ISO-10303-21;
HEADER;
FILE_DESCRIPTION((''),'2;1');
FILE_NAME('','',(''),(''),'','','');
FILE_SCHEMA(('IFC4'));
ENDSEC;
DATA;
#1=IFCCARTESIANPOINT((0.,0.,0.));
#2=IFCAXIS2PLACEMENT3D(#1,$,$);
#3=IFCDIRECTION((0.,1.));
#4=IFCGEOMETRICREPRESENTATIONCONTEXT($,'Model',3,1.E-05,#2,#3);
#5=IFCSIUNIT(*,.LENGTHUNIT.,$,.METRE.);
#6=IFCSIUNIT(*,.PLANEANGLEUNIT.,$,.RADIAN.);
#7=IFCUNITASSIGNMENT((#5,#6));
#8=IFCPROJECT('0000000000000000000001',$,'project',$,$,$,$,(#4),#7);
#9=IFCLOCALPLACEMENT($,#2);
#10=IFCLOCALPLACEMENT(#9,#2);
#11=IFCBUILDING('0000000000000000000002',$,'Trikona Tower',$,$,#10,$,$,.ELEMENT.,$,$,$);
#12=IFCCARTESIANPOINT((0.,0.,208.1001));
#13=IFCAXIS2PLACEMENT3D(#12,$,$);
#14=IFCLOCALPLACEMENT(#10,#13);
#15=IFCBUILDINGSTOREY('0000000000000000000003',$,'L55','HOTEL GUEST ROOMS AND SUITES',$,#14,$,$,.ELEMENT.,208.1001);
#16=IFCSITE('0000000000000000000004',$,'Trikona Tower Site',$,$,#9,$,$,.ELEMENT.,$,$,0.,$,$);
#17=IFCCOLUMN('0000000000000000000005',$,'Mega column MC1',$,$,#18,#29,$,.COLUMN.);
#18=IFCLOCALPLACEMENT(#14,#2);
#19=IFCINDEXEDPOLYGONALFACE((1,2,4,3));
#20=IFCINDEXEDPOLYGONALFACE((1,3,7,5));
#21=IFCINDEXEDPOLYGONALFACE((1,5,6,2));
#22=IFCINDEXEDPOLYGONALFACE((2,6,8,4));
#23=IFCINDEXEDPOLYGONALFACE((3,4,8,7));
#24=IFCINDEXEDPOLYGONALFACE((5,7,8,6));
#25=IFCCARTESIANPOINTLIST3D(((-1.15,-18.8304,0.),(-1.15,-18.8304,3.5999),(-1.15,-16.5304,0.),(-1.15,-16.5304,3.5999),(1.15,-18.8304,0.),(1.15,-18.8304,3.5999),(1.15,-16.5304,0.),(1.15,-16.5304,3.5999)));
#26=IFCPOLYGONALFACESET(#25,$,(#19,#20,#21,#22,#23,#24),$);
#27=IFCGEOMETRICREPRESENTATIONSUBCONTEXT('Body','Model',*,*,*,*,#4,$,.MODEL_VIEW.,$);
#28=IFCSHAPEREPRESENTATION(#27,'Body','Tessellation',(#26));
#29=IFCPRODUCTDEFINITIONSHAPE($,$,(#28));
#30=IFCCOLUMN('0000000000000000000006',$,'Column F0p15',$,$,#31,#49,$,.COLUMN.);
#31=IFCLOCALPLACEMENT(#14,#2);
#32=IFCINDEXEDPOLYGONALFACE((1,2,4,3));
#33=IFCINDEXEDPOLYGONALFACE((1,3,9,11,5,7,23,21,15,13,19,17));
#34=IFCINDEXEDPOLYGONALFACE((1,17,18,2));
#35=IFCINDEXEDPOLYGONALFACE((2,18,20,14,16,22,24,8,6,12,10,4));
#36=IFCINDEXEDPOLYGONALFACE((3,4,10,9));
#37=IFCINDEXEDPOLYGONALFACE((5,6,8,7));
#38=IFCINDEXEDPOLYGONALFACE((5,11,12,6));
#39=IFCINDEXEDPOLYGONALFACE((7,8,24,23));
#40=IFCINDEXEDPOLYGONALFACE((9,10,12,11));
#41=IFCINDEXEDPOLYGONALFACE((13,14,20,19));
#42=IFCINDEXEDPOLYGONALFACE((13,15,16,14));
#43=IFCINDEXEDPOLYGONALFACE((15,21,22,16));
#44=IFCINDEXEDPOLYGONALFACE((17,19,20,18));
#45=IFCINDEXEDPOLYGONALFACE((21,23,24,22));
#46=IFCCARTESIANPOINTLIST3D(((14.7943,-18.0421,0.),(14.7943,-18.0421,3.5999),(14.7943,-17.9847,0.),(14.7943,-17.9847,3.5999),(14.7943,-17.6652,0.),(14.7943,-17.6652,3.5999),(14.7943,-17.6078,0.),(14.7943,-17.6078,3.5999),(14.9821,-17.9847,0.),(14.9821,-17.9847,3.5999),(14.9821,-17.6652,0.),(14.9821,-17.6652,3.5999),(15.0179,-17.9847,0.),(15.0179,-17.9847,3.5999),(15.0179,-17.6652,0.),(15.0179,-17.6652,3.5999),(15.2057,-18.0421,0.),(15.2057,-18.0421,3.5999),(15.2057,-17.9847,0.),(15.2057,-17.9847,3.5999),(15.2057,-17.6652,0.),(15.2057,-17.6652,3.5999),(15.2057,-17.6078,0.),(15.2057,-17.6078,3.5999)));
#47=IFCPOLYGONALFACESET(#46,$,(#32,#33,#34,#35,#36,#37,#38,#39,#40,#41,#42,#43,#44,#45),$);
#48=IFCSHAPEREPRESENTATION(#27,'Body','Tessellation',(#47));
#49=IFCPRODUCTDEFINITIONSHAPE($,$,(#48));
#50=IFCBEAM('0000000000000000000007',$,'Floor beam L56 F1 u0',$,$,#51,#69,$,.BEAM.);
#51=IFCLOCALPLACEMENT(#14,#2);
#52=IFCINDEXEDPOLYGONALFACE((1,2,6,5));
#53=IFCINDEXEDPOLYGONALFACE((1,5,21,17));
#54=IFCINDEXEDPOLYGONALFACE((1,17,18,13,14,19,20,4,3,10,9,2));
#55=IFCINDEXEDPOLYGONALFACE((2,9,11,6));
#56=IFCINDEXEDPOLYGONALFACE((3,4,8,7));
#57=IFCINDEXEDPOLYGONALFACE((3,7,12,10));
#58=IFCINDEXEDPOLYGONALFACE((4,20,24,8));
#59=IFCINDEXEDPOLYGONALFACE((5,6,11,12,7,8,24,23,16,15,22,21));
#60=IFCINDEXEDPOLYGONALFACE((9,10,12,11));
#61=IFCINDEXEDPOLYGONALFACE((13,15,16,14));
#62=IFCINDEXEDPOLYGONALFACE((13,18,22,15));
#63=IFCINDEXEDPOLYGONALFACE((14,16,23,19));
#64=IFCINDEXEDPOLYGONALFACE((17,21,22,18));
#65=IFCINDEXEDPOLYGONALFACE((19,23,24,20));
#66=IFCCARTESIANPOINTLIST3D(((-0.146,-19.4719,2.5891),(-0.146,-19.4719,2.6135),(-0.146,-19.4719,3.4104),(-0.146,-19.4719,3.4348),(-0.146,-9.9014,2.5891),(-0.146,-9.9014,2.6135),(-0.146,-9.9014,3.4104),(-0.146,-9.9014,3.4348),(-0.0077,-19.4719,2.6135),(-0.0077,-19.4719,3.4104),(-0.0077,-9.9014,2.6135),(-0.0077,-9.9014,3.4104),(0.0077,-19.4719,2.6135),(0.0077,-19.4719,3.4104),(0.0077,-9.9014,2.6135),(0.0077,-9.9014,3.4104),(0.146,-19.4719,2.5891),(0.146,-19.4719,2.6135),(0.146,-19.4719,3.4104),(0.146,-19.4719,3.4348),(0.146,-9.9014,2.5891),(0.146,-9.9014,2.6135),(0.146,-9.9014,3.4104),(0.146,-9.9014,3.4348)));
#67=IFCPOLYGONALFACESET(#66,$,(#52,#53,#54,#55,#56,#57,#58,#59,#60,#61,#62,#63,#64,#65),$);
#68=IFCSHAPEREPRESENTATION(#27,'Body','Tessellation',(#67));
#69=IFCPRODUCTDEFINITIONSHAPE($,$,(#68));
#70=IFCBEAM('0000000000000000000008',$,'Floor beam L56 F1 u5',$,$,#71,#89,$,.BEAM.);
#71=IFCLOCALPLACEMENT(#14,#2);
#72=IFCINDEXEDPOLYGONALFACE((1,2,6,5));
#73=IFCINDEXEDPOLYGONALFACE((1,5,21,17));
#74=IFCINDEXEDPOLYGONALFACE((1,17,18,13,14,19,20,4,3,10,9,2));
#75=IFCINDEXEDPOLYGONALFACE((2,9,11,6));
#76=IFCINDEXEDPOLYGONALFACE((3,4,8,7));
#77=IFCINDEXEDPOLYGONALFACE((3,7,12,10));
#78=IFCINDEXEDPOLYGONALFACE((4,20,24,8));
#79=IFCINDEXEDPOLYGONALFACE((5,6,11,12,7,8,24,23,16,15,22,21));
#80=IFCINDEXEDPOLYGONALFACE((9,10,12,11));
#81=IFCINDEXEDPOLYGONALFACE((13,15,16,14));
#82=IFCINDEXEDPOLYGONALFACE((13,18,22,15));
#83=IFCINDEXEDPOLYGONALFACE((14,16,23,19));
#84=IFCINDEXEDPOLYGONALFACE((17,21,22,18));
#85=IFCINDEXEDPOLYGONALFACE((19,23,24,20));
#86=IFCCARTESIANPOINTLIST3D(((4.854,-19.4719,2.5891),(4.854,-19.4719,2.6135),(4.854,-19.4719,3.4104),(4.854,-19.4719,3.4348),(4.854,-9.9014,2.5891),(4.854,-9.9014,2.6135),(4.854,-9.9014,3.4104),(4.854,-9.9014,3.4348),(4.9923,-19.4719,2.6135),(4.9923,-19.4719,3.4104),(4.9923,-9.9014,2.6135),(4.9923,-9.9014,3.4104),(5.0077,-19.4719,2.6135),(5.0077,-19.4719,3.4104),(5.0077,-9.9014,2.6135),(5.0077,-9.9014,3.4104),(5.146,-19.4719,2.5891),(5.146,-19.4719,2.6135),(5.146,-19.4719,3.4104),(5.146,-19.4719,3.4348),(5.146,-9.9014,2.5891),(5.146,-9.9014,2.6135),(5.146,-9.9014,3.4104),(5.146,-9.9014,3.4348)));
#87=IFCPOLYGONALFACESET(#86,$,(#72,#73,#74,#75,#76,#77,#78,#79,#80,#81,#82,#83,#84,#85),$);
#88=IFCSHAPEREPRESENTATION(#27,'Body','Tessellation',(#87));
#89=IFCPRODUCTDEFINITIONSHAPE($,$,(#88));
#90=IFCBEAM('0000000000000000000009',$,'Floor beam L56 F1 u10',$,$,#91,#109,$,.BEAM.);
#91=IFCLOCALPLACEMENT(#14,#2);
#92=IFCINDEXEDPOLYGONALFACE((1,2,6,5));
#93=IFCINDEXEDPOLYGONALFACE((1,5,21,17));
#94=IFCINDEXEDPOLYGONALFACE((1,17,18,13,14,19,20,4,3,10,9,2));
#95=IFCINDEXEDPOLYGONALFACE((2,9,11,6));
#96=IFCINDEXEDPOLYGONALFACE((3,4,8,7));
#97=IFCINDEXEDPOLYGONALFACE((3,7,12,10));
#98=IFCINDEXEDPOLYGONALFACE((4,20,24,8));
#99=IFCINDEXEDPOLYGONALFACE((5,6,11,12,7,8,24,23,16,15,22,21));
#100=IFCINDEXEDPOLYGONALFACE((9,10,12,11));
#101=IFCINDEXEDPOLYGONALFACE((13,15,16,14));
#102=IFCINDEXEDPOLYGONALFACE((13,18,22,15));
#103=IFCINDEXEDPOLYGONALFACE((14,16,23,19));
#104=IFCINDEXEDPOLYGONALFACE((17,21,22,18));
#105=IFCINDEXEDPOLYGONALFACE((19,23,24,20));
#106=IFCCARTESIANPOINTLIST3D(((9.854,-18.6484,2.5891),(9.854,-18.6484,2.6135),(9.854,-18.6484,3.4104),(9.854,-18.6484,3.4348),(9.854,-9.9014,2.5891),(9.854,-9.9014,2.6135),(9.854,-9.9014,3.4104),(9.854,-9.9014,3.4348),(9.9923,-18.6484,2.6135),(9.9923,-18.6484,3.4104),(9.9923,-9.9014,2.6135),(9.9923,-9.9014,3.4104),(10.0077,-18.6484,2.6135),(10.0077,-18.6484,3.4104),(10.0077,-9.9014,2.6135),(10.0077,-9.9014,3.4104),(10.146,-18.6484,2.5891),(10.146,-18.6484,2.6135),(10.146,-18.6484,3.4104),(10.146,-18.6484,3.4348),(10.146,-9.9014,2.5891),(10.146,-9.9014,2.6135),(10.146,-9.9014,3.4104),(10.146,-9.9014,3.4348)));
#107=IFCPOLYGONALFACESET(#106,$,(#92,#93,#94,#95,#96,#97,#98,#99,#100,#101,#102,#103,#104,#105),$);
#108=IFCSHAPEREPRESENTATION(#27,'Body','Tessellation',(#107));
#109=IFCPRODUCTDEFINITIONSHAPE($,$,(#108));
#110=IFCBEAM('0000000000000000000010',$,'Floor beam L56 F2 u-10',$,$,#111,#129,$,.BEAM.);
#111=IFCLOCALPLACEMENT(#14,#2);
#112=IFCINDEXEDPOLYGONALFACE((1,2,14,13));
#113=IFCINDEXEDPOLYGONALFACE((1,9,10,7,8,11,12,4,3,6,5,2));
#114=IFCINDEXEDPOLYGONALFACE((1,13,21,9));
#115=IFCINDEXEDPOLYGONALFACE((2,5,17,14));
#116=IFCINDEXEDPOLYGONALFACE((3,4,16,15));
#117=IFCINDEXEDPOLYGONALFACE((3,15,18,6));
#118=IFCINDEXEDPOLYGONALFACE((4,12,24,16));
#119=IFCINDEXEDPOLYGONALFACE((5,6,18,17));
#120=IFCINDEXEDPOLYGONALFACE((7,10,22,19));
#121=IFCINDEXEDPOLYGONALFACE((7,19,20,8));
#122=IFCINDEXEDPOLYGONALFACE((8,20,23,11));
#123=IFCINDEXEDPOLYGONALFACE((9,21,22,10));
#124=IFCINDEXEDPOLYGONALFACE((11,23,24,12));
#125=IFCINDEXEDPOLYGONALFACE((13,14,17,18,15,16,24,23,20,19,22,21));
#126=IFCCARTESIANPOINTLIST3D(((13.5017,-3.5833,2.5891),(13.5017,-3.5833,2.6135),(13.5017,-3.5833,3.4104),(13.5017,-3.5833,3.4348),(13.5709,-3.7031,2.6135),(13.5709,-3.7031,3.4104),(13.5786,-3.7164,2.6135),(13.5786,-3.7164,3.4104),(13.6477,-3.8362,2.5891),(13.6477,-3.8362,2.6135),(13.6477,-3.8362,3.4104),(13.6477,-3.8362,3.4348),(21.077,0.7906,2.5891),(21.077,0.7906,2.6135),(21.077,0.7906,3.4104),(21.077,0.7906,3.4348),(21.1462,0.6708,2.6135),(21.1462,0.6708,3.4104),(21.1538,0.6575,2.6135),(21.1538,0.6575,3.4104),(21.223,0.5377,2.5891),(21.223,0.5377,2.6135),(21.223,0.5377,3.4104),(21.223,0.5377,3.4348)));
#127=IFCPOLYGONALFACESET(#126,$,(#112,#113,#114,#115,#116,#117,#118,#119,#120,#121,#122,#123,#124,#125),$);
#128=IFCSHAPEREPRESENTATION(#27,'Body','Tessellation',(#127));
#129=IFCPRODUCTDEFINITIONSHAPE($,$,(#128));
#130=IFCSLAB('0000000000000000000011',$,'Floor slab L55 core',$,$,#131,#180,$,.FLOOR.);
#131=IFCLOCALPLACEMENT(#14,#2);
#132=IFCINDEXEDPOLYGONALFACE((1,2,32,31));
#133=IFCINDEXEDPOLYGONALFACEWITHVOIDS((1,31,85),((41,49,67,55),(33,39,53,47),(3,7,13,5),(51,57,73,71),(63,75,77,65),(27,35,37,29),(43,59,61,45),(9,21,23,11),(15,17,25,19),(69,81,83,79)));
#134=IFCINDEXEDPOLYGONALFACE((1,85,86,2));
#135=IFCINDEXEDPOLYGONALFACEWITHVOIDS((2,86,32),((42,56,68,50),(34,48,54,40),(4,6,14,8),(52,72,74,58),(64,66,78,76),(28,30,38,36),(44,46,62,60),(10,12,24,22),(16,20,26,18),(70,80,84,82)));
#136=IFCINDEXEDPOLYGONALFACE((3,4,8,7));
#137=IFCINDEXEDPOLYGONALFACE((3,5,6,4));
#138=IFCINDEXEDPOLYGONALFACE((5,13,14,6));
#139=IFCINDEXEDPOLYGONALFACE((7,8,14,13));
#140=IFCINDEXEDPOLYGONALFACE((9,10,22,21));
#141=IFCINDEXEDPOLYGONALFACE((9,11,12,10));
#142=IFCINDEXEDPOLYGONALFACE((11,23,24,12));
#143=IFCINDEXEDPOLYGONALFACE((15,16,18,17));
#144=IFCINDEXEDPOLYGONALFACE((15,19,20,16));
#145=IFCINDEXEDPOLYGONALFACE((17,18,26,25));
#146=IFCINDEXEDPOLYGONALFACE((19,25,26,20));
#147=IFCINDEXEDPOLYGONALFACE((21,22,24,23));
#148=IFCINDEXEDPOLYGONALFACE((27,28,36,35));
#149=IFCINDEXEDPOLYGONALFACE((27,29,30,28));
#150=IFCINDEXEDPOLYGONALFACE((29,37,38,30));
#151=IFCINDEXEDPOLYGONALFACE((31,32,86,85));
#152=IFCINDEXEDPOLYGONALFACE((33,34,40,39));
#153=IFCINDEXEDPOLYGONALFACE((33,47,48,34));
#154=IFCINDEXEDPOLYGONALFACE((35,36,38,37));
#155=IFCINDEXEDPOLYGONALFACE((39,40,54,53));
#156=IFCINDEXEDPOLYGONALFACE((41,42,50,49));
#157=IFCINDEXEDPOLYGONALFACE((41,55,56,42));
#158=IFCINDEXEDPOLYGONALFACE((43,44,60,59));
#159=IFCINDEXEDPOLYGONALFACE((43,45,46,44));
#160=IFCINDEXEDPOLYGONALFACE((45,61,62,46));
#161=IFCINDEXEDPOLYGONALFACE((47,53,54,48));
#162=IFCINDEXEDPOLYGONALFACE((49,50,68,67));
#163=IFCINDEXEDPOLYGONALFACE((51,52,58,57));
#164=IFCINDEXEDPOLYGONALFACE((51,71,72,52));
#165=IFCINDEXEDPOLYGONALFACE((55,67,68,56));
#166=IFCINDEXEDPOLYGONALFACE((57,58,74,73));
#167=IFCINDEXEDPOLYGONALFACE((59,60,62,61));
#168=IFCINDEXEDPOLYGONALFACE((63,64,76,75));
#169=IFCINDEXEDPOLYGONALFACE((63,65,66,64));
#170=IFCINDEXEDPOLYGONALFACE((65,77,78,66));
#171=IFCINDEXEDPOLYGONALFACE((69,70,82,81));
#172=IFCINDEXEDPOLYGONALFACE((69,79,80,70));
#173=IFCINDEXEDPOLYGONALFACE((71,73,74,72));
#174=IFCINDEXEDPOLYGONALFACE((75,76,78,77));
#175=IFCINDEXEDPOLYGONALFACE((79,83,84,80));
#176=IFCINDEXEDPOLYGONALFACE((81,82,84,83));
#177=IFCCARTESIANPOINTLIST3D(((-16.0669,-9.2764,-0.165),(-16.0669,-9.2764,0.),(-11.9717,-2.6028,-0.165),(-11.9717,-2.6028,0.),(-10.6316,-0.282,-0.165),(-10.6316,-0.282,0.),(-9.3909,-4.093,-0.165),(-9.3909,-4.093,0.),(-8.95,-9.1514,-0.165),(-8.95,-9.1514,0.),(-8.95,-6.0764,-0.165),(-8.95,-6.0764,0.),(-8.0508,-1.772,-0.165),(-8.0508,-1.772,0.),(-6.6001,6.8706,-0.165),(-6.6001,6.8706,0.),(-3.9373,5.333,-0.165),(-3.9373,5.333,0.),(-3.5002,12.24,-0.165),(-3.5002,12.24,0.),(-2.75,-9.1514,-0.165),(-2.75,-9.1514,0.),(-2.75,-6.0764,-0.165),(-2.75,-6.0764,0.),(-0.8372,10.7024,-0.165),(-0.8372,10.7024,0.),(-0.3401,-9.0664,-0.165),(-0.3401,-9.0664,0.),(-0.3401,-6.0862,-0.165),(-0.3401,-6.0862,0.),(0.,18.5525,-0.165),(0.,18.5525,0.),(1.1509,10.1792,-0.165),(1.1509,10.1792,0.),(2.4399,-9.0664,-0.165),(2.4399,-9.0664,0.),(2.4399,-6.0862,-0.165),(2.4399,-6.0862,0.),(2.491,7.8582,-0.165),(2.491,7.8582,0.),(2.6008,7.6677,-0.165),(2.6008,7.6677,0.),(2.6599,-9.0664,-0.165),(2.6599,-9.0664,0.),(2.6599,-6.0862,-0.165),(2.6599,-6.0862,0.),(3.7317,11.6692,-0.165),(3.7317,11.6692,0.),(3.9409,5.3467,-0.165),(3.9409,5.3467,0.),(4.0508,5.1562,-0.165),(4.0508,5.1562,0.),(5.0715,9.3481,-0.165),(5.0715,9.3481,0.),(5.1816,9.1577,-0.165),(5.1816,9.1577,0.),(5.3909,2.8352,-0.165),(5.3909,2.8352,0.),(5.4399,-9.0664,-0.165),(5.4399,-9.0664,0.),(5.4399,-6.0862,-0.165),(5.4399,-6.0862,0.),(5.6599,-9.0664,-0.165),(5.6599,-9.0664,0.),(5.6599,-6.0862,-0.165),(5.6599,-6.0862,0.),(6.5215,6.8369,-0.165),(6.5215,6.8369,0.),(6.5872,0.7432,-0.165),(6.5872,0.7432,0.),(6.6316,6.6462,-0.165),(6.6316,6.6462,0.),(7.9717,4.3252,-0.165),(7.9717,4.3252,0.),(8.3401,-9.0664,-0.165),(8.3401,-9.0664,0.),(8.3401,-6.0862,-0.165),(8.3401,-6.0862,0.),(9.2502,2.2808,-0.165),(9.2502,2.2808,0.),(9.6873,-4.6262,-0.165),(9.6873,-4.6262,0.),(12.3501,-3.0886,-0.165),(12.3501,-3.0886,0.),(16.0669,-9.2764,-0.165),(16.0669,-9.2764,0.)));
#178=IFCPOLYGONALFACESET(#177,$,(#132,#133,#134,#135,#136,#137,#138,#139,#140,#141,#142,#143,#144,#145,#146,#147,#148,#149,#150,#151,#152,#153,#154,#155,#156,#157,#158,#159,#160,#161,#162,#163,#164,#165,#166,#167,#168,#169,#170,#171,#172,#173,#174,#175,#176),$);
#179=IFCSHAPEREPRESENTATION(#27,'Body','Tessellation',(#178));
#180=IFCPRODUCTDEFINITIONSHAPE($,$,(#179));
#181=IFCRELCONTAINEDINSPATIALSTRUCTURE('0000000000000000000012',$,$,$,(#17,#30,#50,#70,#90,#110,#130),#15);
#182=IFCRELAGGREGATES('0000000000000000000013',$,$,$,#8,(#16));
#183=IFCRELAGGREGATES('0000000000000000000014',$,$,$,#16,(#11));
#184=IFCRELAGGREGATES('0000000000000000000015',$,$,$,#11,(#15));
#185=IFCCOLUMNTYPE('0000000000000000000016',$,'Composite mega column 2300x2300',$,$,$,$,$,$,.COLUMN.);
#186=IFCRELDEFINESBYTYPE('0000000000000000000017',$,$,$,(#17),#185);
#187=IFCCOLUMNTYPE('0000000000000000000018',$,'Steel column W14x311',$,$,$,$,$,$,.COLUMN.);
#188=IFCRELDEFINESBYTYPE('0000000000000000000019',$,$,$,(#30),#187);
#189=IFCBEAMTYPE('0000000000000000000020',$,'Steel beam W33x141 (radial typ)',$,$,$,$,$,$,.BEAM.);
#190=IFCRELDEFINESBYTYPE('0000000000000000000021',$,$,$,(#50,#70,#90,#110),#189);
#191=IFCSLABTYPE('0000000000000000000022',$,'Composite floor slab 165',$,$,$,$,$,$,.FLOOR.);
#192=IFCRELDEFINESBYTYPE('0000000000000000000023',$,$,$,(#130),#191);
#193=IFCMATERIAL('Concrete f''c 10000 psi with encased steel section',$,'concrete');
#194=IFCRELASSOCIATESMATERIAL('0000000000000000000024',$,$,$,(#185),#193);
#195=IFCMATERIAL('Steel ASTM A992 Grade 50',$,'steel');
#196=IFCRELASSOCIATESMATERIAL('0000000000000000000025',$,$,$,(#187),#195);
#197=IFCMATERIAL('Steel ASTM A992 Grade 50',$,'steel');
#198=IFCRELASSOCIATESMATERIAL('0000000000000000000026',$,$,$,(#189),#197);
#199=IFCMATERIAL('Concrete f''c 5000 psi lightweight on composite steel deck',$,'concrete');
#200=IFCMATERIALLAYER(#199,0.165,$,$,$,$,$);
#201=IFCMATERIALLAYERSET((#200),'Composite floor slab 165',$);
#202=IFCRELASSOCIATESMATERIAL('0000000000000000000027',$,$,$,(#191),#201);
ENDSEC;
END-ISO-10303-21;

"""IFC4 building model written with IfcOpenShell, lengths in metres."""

from ifc_helpers import new_model, si_unit, direction, frame, origin, origin_2d, place, context, subcontext, project, spatial, polyline, rectangle, i_section, outline, extrude, material, layer, layer_set, material_profile, profile_set, type_object, element, save


model = new_model("IFC4")

# Units and contexts
model_context = context("Model", 3, precision=1e-05, world=origin(), true_north=direction((0.0, 1.0)))
body_context = subcontext(model_context, "Body", "Model", "MODEL_VIEW")
ifc_project = project(units=[si_unit("LENGTHUNIT", "METRE"), si_unit("PLANEANGLEUNIT", "RADIAN")], contexts=[model_context])

# Site, building, storey
site_placement = place(None, origin())
site = spatial("IfcSite", under=ifc_project, at=site_placement, Name="Trikona Tower Site", CompositionType="ELEMENT", RefElevation=0.0)
building_placement = place(site_placement, origin())
building = spatial("IfcBuilding", under=site, at=building_placement, Name="Trikona Tower", CompositionType="ELEMENT")
storey_placement = place(building_placement, frame((0.0, 0.0, 208.1001)))
storey = spatial("IfcBuildingStorey", under=building, at=storey_placement, Name="L55", Description="HOTEL GUEST ROOMS AND SUITES", CompositionType="ELEMENT", Elevation=208.1001)

# Columns
ifc_material_1 = material(Name="Concrete f'c 10000 psi with encased steel section", Category="concrete")
ifc_material_profile_1 = material_profile(ifc_material_1, rectangle(XDim=2.3, YDim=2.3, at=origin_2d()), Name="MC2300")
ifc_profile_set_1 = profile_set([ifc_material_profile_1], Name="Concrete f'c 10000 psi with encased steel section")
column_type_1 = type_object("IfcColumnType", Name="Composite mega column 2300x2300", PredefinedType="COLUMN", material=ifc_profile_set_1)
column_1_placement = place(storey_placement, frame((0.0, -17.6804, 0.0), z_axis=(0.0, 0.0, 1.0), x_axis=(0.0, -1.0, 0.0)))
element("IfcColumn", 1, at=column_1_placement, inside=storey, type_object=column_type_1, Name="Mega column MC1", PredefinedType="COLUMN", context=body_context, shape_type="SweptSolid", body=[
    extrude(rectangle(XDim=2.3, YDim=2.3, at=origin_2d()), origin(), (0.0, 0.0, 1.0), 3.5999),
])
ifc_material_2 = material(Name="Steel ASTM A992 Grade 50", Category="steel")
ifc_material_profile_2 = material_profile(ifc_material_2, i_section(OverallWidth=0.4114, OverallDepth=0.4343, WebThickness=0.0359, FlangeThickness=0.0574, at=origin_2d()), Name="W14X311")
ifc_profile_set_2 = profile_set([ifc_material_profile_2], Name="Steel ASTM A992 Grade 50")
column_type_2 = type_object("IfcColumnType", Name="Steel column W14x311", PredefinedType="COLUMN", material=ifc_profile_set_2)
column_2_placement = place(storey_placement, frame((15.0, -17.825, 0.0), z_axis=(0.0, 0.0, 1.0), x_axis=(1.0, 0.0, 0.0)))
element("IfcColumn", 2, at=column_2_placement, inside=storey, type_object=column_type_2, Name="Column F0p15", PredefinedType="COLUMN", context=body_context, shape_type="SweptSolid", body=[
    extrude(i_section(OverallWidth=0.4114, OverallDepth=0.4343, WebThickness=0.0359, FlangeThickness=0.0574, at=origin_2d()), origin(), (0.0, 0.0, 1.0), 3.5999),
])

# Beams
ifc_material_3 = material(Name="Steel ASTM A992 Grade 50", Category="steel")
ifc_material_profile_3 = material_profile(ifc_material_3, i_section(OverallWidth=0.292, OverallDepth=0.8457, WebThickness=0.0154, FlangeThickness=0.0244, at=origin_2d()), Name="W33X141")
ifc_profile_set_3 = profile_set([ifc_material_profile_3], Name="Steel ASTM A992 Grade 50")
beam_type = type_object("IfcBeamType", Name="Steel beam W33x141 (radial typ)", PredefinedType="BEAM", material=ifc_profile_set_3)
for number, where, z_axis, x_axis, name in (
    (3, (0.0, -9.9014, 3.012), (0.0, -1.0, 0.0), (1.0, 0.0, 0.0), "Floor beam L56 F1 u0"),
    (4, (5.0, -9.9014, 3.012), (0.0, -1.0, 0.0), (1.0, 0.0, 0.0), "Floor beam L56 F1 u5"),
):
    element("IfcBeam", number, at=place(storey_placement, frame(where, z_axis=z_axis, x_axis=x_axis)), inside=storey, type_object=beam_type, Name=name, PredefinedType="BEAM", context=body_context, shape_type="SweptSolid", body=[
        extrude(i_section(OverallWidth=0.292, OverallDepth=0.8457, WebThickness=0.0154, FlangeThickness=0.0244, at=origin_2d()), origin(), (0.0, 0.0, 1.0), 9.5706),
    ])
beam_1_placement = place(storey_placement, frame((10.0, -9.9014, 3.012), z_axis=(0.0, -1.0, 0.0), x_axis=(1.0, 0.0, 0.0)))
element("IfcBeam", 5, at=beam_1_placement, inside=storey, type_object=beam_type, Name="Floor beam L56 F1 u10", PredefinedType="BEAM", context=body_context, shape_type="SweptSolid", body=[
    extrude(i_section(OverallWidth=0.292, OverallDepth=0.8457, WebThickness=0.0154, FlangeThickness=0.0244, at=origin_2d()), origin(), (0.0, 0.0, 1.0), 8.7471),
])
beam_2_placement = place(storey_placement, frame((13.5747, -3.7097, 3.012), z_axis=(0.866014, 0.50002, 0.0), x_axis=(-0.50002, 0.866014, 0.0)))
element("IfcBeam", 6, at=beam_2_placement, inside=storey, type_object=beam_type, Name="Floor beam L56 F2 u-10", PredefinedType="BEAM", context=body_context, shape_type="SweptSolid", body=[
    extrude(i_section(OverallWidth=0.292, OverallDepth=0.8457, WebThickness=0.0154, FlangeThickness=0.0244, at=origin_2d()), origin(), (0.0, 0.0, 1.0), 8.7473),
])

# Slab
ifc_material_4 = material(Name="Concrete f'c 5000 psi lightweight on composite steel deck", Category="concrete")
ifc_layer_1 = layer(ifc_material_4, 0.165)
ifc_layer_set_1 = layer_set([ifc_layer_1], Name="Composite floor slab 165")
slab_type = type_object("IfcSlabType", Name="Composite floor slab 165", PredefinedType="FLOOR", material=ifc_layer_set_1)
slab_placement = place(storey_placement, frame((0.0, 0.0, -0.165)))
element("IfcSlab", 7, at=slab_placement, inside=storey, type_object=slab_type, Name="Floor slab L55 core", PredefinedType="FLOOR", context=body_context, shape_type="SweptSolid", body=[
    extrude(outline(polyline([(-16.0669, -9.2764), (16.0669, -9.2764), (0.0, 18.5525), (-16.0669, -9.2764)]), holes=[polyline([(6.5872, 0.7432), (9.6873, -4.6262), (12.3501, -3.0886), (9.2502, 2.2808), (6.5872, 0.7432)]), polyline([(5.6599, -6.0862), (5.6599, -9.0664), (8.3401, -9.0664), (8.3401, -6.0862), (5.6599, -6.0862)]), polyline([(6.6316, 6.6462), (4.0508, 5.1562), (5.3909, 2.8352), (7.9717, 4.3252), (6.6316, 6.6462)]), polyline([(6.5215, 6.8369), (5.1816, 9.1577), (2.6008, 7.6677), (3.9409, 5.3467), (6.5215, 6.8369)]), polyline([(2.6599, -9.0664), (5.4399, -9.0664), (5.4399, -6.0862), (2.6599, -6.0862), (2.6599, -9.0664)]), polyline([(2.491, 7.8582), (5.0715, 9.3481), (3.7317, 11.6692), (1.1509, 10.1792), (2.491, 7.8582)]), polyline([(2.4399, -9.0664), (2.4399, -6.0862), (-0.3401, -6.0862), (-0.3401, -9.0664), (2.4399, -9.0664)]), polyline([(-3.9373, 5.333), (-0.8372, 10.7024), (-3.5002, 12.24), (-6.6001, 6.8706), (-3.9373, 5.333)]), polyline([(-2.75, -6.0764), (-8.95, -6.0764), (-8.95, -9.1514), (-2.75, -9.1514), (-2.75, -6.0764)]), polyline([(-11.9717, -2.6028), (-9.3909, -4.093), (-8.0508, -1.772), (-10.6316, -0.282), (-11.9717, -2.6028)])]), origin(), (0.0, 0.0, 1.0), 0.165),
])

save(model, "model.ifc")
